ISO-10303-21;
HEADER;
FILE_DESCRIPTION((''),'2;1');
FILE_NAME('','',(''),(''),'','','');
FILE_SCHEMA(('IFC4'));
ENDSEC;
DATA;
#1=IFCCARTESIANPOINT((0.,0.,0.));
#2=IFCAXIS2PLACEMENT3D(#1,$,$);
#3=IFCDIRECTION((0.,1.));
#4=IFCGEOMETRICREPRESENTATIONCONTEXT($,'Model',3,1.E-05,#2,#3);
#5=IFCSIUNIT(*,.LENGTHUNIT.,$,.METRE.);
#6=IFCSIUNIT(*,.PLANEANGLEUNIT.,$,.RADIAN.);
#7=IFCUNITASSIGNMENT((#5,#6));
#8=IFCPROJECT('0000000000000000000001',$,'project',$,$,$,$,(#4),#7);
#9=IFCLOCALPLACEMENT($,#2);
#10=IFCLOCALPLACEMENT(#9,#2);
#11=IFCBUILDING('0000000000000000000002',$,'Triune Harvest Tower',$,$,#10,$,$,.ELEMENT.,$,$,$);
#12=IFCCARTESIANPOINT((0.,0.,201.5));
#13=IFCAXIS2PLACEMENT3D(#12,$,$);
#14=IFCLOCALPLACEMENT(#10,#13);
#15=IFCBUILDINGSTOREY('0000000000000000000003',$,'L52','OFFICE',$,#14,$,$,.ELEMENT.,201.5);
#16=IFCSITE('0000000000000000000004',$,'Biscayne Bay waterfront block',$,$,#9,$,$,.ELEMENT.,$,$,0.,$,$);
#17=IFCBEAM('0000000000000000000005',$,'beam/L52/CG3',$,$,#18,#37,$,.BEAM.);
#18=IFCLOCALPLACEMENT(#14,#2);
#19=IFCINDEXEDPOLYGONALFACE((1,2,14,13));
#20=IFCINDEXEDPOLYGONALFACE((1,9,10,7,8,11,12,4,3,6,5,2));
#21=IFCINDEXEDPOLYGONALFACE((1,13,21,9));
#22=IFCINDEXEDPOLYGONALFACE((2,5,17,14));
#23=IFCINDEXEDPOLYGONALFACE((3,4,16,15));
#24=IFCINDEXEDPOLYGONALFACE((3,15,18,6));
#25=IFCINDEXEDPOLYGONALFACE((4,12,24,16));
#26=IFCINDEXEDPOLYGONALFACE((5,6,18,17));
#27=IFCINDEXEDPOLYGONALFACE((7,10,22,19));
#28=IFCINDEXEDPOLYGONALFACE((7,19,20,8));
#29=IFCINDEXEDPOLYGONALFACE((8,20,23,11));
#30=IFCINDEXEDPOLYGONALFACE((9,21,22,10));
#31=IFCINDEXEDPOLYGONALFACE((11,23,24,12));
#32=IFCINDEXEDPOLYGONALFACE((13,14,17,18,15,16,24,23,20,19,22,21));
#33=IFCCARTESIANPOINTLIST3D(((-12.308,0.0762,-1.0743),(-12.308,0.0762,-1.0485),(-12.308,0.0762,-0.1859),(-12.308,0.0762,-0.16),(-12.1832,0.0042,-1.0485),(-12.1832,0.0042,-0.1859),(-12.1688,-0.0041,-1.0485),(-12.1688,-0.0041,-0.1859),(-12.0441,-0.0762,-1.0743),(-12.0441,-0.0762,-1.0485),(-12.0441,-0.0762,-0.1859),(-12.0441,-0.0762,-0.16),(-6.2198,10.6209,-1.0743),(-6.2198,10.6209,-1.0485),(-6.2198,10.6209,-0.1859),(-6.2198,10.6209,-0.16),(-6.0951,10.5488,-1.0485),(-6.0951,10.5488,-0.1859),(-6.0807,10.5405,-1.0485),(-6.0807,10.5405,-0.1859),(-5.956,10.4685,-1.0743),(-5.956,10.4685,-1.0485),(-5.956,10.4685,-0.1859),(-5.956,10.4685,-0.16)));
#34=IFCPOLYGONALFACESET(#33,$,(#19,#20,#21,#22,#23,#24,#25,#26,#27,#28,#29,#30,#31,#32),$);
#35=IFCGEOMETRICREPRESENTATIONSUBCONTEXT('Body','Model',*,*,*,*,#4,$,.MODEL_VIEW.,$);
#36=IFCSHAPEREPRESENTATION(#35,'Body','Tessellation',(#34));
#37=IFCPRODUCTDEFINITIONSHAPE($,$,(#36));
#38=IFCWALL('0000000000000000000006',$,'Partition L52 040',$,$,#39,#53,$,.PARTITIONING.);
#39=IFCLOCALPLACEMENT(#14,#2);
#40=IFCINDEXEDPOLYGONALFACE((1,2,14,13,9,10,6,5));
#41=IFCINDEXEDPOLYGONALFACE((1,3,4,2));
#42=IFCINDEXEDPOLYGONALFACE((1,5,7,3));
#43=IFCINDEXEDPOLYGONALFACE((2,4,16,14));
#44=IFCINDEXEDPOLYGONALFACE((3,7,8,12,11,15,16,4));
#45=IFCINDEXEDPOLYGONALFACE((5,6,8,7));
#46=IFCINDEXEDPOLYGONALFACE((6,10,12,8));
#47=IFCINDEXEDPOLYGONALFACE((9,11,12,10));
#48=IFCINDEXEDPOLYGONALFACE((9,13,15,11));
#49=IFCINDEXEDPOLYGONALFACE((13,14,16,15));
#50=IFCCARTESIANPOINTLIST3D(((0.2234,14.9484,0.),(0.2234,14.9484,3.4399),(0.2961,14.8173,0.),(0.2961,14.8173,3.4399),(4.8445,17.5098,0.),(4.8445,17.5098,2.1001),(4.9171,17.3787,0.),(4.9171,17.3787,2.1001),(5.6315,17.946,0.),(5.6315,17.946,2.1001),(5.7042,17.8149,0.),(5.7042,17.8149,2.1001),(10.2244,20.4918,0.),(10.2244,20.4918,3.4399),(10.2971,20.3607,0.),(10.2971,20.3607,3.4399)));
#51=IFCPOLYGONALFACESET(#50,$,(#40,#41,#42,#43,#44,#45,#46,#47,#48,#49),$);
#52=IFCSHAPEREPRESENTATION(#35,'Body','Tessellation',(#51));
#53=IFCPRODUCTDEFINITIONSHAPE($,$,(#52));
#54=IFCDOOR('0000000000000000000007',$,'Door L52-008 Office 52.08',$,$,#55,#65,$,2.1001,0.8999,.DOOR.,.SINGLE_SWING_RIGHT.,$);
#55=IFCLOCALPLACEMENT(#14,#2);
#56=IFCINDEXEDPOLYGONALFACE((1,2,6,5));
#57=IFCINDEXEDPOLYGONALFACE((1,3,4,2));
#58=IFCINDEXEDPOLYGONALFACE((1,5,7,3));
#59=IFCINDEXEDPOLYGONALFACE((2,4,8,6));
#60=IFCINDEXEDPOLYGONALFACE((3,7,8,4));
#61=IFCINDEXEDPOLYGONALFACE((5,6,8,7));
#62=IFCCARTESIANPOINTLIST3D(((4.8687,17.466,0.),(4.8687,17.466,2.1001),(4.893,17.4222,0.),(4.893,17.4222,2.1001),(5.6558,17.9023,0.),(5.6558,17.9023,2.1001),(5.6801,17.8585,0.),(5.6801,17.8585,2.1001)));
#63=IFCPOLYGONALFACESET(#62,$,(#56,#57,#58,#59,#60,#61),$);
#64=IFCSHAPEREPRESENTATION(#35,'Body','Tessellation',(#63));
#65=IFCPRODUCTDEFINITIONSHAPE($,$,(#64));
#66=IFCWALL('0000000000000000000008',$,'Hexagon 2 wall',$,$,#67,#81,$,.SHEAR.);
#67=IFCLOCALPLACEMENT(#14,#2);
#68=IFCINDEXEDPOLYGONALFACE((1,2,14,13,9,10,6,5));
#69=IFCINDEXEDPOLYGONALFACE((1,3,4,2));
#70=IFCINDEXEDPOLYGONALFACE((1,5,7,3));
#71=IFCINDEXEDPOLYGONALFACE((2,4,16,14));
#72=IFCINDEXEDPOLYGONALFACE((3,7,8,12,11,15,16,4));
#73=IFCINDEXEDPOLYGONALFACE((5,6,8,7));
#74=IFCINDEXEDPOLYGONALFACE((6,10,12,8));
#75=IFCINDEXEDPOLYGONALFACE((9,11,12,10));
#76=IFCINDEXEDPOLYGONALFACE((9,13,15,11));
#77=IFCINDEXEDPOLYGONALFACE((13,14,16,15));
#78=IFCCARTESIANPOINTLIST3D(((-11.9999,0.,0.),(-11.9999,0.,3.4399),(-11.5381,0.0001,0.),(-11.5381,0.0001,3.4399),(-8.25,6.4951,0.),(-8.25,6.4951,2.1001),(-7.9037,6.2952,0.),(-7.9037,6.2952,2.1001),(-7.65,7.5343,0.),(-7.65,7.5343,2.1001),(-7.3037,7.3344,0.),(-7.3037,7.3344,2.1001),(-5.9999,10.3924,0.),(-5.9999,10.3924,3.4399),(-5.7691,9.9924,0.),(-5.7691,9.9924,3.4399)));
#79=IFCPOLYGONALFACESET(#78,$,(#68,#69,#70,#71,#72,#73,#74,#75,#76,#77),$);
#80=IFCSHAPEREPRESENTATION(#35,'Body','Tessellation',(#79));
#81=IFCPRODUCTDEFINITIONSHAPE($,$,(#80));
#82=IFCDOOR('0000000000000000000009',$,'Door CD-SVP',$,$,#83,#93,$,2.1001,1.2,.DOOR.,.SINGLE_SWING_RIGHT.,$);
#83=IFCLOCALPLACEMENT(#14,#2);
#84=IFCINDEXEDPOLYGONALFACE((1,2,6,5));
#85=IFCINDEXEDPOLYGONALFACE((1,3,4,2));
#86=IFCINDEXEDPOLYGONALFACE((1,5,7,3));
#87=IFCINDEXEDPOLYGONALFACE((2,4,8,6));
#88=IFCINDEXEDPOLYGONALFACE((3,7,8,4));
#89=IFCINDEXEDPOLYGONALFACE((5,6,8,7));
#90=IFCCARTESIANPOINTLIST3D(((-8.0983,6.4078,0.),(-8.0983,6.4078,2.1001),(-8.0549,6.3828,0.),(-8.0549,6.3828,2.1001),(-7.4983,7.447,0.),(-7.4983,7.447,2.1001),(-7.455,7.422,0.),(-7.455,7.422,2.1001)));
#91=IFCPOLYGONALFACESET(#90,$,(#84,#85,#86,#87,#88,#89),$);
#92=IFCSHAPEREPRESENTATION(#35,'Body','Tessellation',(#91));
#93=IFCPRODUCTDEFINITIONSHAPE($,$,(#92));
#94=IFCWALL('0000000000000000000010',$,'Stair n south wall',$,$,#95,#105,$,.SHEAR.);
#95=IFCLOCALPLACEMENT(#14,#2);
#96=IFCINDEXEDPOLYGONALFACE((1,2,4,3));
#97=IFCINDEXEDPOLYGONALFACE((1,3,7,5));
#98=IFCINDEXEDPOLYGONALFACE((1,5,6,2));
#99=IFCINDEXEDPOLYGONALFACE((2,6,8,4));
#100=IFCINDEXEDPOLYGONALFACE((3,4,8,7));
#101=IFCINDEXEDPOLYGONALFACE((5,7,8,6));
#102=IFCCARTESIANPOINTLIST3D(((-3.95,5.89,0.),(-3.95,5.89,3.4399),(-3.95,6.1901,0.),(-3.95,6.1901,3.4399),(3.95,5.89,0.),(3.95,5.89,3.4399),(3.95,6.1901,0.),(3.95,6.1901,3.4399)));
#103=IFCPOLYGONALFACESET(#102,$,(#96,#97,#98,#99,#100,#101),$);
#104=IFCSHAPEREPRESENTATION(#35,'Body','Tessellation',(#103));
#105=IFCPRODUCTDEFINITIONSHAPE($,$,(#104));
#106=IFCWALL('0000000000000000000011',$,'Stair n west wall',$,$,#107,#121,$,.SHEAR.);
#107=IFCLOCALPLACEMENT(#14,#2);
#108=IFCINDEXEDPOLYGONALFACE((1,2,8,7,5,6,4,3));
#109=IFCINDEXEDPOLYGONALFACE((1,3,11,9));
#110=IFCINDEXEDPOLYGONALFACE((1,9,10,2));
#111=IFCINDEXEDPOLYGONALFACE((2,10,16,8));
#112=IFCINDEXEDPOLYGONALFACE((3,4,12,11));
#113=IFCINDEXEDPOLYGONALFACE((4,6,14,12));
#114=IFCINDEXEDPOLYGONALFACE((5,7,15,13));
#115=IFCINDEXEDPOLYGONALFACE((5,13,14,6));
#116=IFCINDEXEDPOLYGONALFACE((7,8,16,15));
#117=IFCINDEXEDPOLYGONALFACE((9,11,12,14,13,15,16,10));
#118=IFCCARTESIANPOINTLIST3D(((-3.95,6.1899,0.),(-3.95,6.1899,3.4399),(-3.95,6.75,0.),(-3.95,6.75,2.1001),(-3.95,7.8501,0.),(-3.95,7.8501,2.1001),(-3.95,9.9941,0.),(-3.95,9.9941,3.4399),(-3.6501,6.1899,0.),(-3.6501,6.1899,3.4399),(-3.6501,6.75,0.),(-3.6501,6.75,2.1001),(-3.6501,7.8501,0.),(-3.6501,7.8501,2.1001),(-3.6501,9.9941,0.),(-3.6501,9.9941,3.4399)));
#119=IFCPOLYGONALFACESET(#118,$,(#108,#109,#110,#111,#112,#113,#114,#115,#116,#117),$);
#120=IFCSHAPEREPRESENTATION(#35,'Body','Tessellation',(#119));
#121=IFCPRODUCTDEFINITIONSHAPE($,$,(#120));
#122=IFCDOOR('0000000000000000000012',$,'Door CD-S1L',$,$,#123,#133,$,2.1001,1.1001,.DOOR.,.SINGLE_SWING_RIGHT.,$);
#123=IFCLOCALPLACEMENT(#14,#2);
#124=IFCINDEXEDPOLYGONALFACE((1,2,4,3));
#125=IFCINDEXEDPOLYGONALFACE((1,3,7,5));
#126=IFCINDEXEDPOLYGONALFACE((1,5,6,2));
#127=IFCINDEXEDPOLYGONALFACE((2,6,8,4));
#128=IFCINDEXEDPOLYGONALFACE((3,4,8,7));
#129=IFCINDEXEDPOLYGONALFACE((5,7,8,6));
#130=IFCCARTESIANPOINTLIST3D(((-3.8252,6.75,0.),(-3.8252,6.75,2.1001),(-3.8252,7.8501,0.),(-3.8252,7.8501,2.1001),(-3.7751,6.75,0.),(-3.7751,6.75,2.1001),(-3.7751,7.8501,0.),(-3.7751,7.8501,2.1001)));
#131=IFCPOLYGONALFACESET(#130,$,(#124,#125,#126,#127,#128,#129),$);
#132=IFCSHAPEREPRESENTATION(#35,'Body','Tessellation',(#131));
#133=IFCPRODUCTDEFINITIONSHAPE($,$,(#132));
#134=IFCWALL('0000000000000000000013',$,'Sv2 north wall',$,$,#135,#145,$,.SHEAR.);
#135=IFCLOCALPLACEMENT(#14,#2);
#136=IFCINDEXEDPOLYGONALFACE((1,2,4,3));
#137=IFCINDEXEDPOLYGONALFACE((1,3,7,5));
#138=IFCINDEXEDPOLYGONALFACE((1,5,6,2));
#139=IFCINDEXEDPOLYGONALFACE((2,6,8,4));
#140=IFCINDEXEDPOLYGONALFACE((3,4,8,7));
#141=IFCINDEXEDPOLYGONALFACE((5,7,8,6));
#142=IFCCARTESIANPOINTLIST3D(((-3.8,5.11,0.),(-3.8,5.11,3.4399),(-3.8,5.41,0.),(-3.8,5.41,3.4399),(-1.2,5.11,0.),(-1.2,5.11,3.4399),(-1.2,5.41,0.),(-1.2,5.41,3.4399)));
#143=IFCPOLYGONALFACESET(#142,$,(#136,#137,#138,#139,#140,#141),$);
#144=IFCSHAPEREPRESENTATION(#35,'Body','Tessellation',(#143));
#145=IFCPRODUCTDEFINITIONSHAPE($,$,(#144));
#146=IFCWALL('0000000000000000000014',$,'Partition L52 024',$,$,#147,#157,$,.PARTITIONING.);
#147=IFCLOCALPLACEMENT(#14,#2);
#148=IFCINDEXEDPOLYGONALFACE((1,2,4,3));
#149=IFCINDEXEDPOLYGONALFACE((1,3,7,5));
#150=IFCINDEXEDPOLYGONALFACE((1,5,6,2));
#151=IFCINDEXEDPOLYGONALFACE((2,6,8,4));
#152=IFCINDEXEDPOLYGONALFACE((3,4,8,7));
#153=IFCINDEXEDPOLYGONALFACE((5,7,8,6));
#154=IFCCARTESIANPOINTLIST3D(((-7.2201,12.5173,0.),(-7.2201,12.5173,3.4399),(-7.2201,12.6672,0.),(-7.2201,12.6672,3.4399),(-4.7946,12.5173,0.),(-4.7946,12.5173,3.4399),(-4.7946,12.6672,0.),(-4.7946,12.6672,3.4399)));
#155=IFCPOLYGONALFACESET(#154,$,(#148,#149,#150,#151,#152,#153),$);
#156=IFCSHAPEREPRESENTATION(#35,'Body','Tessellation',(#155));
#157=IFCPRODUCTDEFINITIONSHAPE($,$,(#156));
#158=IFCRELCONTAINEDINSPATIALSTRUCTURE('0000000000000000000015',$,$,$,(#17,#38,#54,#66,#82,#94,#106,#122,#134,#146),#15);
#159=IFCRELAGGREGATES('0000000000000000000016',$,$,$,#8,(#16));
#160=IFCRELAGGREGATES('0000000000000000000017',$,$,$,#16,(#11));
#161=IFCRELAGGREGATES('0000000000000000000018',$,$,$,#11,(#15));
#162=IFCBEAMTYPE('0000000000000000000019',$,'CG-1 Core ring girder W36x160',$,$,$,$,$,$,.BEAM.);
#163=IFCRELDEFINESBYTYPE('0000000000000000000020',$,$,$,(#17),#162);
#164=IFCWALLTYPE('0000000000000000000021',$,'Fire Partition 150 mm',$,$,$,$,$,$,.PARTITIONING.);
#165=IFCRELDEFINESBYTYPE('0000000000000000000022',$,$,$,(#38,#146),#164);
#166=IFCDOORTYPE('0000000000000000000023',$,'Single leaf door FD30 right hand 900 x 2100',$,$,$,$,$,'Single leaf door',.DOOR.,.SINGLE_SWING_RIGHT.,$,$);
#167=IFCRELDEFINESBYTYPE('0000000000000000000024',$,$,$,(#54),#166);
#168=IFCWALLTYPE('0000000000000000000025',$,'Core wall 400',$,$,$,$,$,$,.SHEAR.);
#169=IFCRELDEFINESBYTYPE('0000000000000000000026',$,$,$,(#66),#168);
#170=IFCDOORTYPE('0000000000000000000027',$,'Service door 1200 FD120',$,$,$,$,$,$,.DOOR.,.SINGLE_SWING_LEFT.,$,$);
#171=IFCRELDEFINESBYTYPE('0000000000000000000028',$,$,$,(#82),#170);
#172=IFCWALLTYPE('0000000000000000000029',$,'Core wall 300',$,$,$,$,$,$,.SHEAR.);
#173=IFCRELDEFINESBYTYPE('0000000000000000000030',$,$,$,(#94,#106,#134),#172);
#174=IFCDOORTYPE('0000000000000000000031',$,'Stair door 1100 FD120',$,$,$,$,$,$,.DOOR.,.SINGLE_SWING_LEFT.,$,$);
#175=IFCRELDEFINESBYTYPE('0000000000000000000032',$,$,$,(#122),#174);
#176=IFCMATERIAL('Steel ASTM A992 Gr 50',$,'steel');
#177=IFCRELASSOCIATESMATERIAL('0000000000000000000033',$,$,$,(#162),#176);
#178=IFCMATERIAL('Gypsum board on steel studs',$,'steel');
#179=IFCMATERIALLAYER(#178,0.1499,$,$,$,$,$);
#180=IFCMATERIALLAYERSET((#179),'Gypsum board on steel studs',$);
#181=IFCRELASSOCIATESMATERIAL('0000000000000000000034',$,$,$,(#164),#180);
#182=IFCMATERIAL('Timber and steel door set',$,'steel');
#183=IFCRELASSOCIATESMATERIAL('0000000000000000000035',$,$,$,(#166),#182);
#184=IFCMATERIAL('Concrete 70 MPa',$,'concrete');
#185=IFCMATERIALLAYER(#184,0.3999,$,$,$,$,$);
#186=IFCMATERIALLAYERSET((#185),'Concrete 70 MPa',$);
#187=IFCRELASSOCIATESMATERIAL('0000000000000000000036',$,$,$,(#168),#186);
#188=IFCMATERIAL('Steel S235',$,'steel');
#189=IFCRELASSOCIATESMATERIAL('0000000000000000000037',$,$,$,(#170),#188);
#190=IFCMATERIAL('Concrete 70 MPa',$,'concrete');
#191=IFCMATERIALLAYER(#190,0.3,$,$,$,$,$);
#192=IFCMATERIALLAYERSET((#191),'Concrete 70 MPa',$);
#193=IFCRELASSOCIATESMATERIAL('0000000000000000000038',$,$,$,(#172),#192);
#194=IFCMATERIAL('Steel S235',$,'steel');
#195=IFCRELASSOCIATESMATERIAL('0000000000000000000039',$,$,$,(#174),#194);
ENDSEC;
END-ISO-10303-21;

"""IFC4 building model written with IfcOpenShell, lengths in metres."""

from ifc_helpers import new_model, si_unit, direction, frame, frame_2d, origin, origin_2d, place, context, subcontext, project, spatial, polyline, rectangle, i_section, outline, extrude, source, transform, mapped, material, layer, layer_set, material_profile, profile_set, type_object, element, fill, save


model = new_model("IFC4")

# Units and contexts
model_context = context("Model", 3, precision=1e-05, world=origin(), true_north=direction((0.0, 1.0)))
body_context = subcontext(model_context, "Body", "Model", "MODEL_VIEW")
ifc_project = project(units=[si_unit("LENGTHUNIT", "METRE"), si_unit("PLANEANGLEUNIT", "RADIAN")], contexts=[model_context])

# Site, building, storey
site_placement = place(None, origin())
site = spatial("IfcSite", under=ifc_project, at=site_placement, Name="Biscayne Bay waterfront block", CompositionType="ELEMENT", RefElevation=0.0)
building_placement = place(site_placement, origin())
building = spatial("IfcBuilding", under=site, at=building_placement, Name="Triune Harvest Tower", CompositionType="ELEMENT")
storey_placement = place(building_placement, frame((0.0, 0.0, 201.5)))
storey = spatial("IfcBuildingStorey", under=building, at=storey_placement, Name="L52", Description="OFFICE", CompositionType="ELEMENT", Elevation=201.5)

# Beam
ifc_material_1 = material(Name="Steel ASTM A992 Gr 50", Category="steel")
ifc_material_profile = material_profile(ifc_material_1, i_section(OverallWidth=0.3047, OverallDepth=0.9143, WebThickness=0.0166, FlangeThickness=0.0259, at=origin_2d()), Name="W36x160")
ifc_profile_set = profile_set([ifc_material_profile], Name="Steel ASTM A992 Gr 50")
beam_type = type_object("IfcBeamType", Name="CG-1 Core ring girder W36x160", PredefinedType="BEAM", material=ifc_profile_set)
shared_shape_1 = source(origin(), body_context, "Body", "SweptSolid", [
    extrude(i_section(OverallWidth=0.3047, OverallDepth=0.9143, WebThickness=0.0166, FlangeThickness=0.0259, at=origin_2d()), origin(), (0.0, 0.0, 1.0), 12.176),
])
beam_placement = place(storey_placement, frame((-6.0879, 10.5447, -0.6172), z_axis=(-0.50001, -0.86602, 0.0), x_axis=(0.86602, -0.50001, 0.0)))
element("IfcBeam", 1, at=beam_placement, inside=storey, type_object=beam_type, Name="beam/L52/CG3", PredefinedType="BEAM", context=body_context, shape_type="MappedRepresentation", body=[
    mapped(shared_shape_1, transform((0.0, 0.0, 0.0), scale=1.0)),
])

# Walls, openings, doors
ifc_material_2 = material(Name="Gypsum board on steel studs", Category="steel")
ifc_layer_1 = layer(ifc_material_2, 0.1499)
ifc_layer_set_1 = layer_set([ifc_layer_1], Name="Gypsum board on steel studs")
wall_type_1 = type_object("IfcWallType", Name="Fire Partition 150 mm", PredefinedType="PARTITIONING", material=ifc_layer_set_1)
wall_1_placement = place(storey_placement, frame((0.2598, 14.8828, 0.0), z_axis=(0.0, 0.0, 1.0), x_axis=(0.874626, 0.484798, 0.0)))
wall_1 = element("IfcWall", 2, at=wall_1_placement, inside=storey, type_object=wall_type_1, Name="Partition L52 040", PredefinedType="PARTITIONING", context=body_context, shape_type="SweptSolid", body=[
    extrude(rectangle(XDim=11.4346, YDim=0.1499, at=frame_2d((5.7173, 0.0))), origin(), (0.0, 0.0, 1.0), 3.4399),
])
opening_1_placement = place(wall_1_placement, frame((5.2834, 0.0, 0.0)))
opening_1 = element("IfcOpeningElement", 3, at=opening_1_placement, cuts=wall_1, PredefinedType="OPENING", context=body_context, shape_type="SweptSolid", body=[
    extrude(rectangle(XDim=0.8999, YDim=2.1001, at=frame_2d((0.45, 1.05))), frame((0.0, 0.085, 0.0), z_axis=(0.0, -1.0, 0.0), x_axis=(1.0, 0.0, 0.0)), (0.0, 0.0, 1.0), 0.1699),
])
ifc_material_3 = material(Name="Timber and steel door set", Category="steel")
door_type_1 = type_object("IfcDoorType", Name="Single leaf door FD30 right hand 900 x 2100", ElementType="Single leaf door", OperationType="SINGLE_SWING_RIGHT", PredefinedType="DOOR", material=ifc_material_3)
door_1_placement = place(opening_1_placement, origin())
door_1 = element("IfcDoor", 4, at=door_1_placement, inside=storey, type_object=door_type_1, Name="Door L52-008 Office 52.08", OperationType="SINGLE_SWING_RIGHT", OverallHeight=2.1001, OverallWidth=0.8999, PredefinedType="DOOR", context=body_context, shape_type="SweptSolid", body=[
    extrude(rectangle(XDim=0.8999, YDim=2.1001, at=frame_2d((0.45, 1.05))), frame((0.0, 0.0249, 0.0), z_axis=(0.0, -1.0, 0.0), x_axis=(1.0, 0.0, 0.0)), (0.0, 0.0, 1.0), 0.05),
])
fill(opening_1, door_1)
ifc_material_4 = material(Name="Concrete 70 MPa", Category="concrete")
ifc_layer_2 = layer(ifc_material_4, 0.3999)
ifc_layer_set_2 = layer_set([ifc_layer_2], Name="Concrete 70 MPa")
wall_type_2 = type_object("IfcWallType", Name="Core wall 400", PredefinedType="SHEAR", material=ifc_layer_set_2)
shared_shape_2 = source(origin(), body_context, "Body", "SweptSolid", [
    extrude(outline(polyline([(-0.1155, -0.2), (11.8845, -0.2), (11.6536, 0.2), (0.1155, 0.2), (-0.1155, -0.2)])), origin(), (0.0, 0.0, 1.0), 3.4399),
])
wall_2_placement = place(storey_placement, frame((-5.8845, 10.1924, 0.0), z_axis=(0.0, 0.0, 1.0), x_axis=(-0.499997, -0.866027, 0.0)))
wall_2 = element("IfcWall", 5, at=wall_2_placement, inside=storey, type_object=wall_type_2, Name="Hexagon 2 wall", PredefinedType="SHEAR", context=body_context, shape_type="MappedRepresentation", body=[
    mapped(shared_shape_2, transform((0.0, 0.0, 0.0), scale=1.0)),
])
opening_2_placement = place(wall_2_placement, frame((3.1846, 0.0, 0.0)))
opening_2 = element("IfcOpeningElement", 6, at=opening_2_placement, cuts=wall_2, PredefinedType="OPENING", context=body_context, shape_type="SweptSolid", body=[
    extrude(rectangle(XDim=1.2, YDim=2.1001, at=frame_2d((0.6001, 1.05))), frame((0.0, 0.21, 0.0), z_axis=(0.0, -1.0, 0.0), x_axis=(1.0, 0.0, 0.0)), (0.0, 0.0, 1.0), 0.4199),
])
ifc_material_5 = material(Name="Steel S235", Category="steel")
door_type_2 = type_object("IfcDoorType", Name="Service door 1200 FD120", OperationType="SINGLE_SWING_LEFT", PredefinedType="DOOR", material=ifc_material_5)
door_2_placement = place(opening_2_placement, frame((1.2, 0.0, 0.0), z_axis=(0.0, 0.0, 1.0), x_axis=(-1.0, 0.0, 0.0)))
door_2 = element("IfcDoor", 7, at=door_2_placement, inside=storey, type_object=door_type_2, Name="Door CD-SVP", OperationType="SINGLE_SWING_RIGHT", OverallHeight=2.1001, OverallWidth=1.2, PredefinedType="DOOR", context=body_context, shape_type="SweptSolid", body=[
    extrude(rectangle(XDim=1.2, YDim=2.1001, at=frame_2d((0.6001, 1.05))), frame((0.0, 0.0249, 0.0), z_axis=(0.0, -1.0, 0.0), x_axis=(1.0, 0.0, 0.0)), (0.0, 0.0, 1.0), 0.05),
])
fill(opening_2, door_2)

# Wall
ifc_material_6 = material(Name="Concrete 70 MPa", Category="concrete")
ifc_layer_3 = layer(ifc_material_6, 0.3)
ifc_layer_set_3 = layer_set([ifc_layer_3], Name="Concrete 70 MPa")
wall_type_3 = type_object("IfcWallType", Name="Core wall 300", PredefinedType="SHEAR", material=ifc_layer_set_3)
shared_shape_3 = source(origin(), body_context, "Body", "SweptSolid", [
    extrude(rectangle(XDim=7.8999, YDim=0.3, at=frame_2d((3.95, 0.0))), origin(), (0.0, 0.0, 1.0), 3.4399),
])
wall_3_placement = place(storey_placement, frame((-3.95, 6.04, 0.0), z_axis=(0.0, 0.0, 1.0), x_axis=(1.0, 0.0, 0.0)))
element("IfcWall", 8, at=wall_3_placement, inside=storey, type_object=wall_type_3, Name="Stair n south wall", PredefinedType="SHEAR", context=body_context, shape_type="MappedRepresentation", body=[
    mapped(shared_shape_3, transform((0.0, 0.0, 0.0), scale=1.0)),
])

# Wall, opening, door
shared_shape_4 = source(origin(), body_context, "Body", "SweptSolid", [
    extrude(outline(polyline([(0.0, -0.1499), (0.0, 0.1499), (3.8042, 0.1499), (3.8042, -0.1499), (0.0, -0.1499)])), origin(), (0.0, 0.0, 1.0), 3.4399),
])
wall_4_placement = place(storey_placement, frame((-3.8, 6.1899, 0.0), z_axis=(0.0, 0.0, 1.0), x_axis=(0.0, 1.0, 0.0)))
wall_4 = element("IfcWall", 9, at=wall_4_placement, inside=storey, type_object=wall_type_3, Name="Stair n west wall", PredefinedType="SHEAR", context=body_context, shape_type="MappedRepresentation", body=[
    mapped(shared_shape_4, transform((0.0, 0.0, 0.0), scale=1.0)),
])
opening_3_placement = place(wall_4_placement, frame((0.5601, 0.0, 0.0)))
opening_3 = element("IfcOpeningElement", 10, at=opening_3_placement, cuts=wall_4, PredefinedType="OPENING", context=body_context, shape_type="SweptSolid", body=[
    extrude(rectangle(XDim=1.1001, YDim=2.1001, at=frame_2d((0.55, 1.05))), frame((0.0, 0.1602, 0.0), z_axis=(0.0, -1.0, 0.0), x_axis=(1.0, 0.0, 0.0)), (0.0, 0.0, 1.0), 0.3201),
])
ifc_material_7 = material(Name="Steel S235", Category="steel")
door_type_3 = type_object("IfcDoorType", Name="Stair door 1100 FD120", OperationType="SINGLE_SWING_LEFT", PredefinedType="DOOR", material=ifc_material_7)
door_3_placement = place(opening_3_placement, frame((1.1001, 0.0, 0.0), z_axis=(0.0, 0.0, 1.0), x_axis=(-1.0, 0.0, 0.0)))
door_3 = element("IfcDoor", 11, at=door_3_placement, inside=storey, type_object=door_type_3, Name="Door CD-S1L", OperationType="SINGLE_SWING_RIGHT", OverallHeight=2.1001, OverallWidth=1.1001, PredefinedType="DOOR", context=body_context, shape_type="SweptSolid", body=[
    extrude(rectangle(XDim=1.1001, YDim=2.1001, at=frame_2d((0.55, 1.05))), frame((0.0, 0.0249, 0.0), z_axis=(0.0, -1.0, 0.0), x_axis=(1.0, 0.0, 0.0)), (0.0, 0.0, 1.0), 0.05),
])
fill(opening_3, door_3)

# Walls
shared_shape_5 = source(origin(), body_context, "Body", "SweptSolid", [
    extrude(rectangle(XDim=2.6001, YDim=0.3, at=frame_2d((1.3, 0.0))), origin(), (0.0, 0.0, 1.0), 3.4399),
])
wall_5_placement = place(storey_placement, frame((-3.8, 5.26, 0.0), z_axis=(0.0, 0.0, 1.0), x_axis=(1.0, 0.0, 0.0)))
element("IfcWall", 12, at=wall_5_placement, inside=storey, type_object=wall_type_3, Name="Sv2 north wall", PredefinedType="SHEAR", context=body_context, shape_type="MappedRepresentation", body=[
    mapped(shared_shape_5, transform((0.0, 0.0, 0.0), scale=1.0)),
])
shared_shape_6 = source(origin(), body_context, "Body", "SweptSolid", [
    extrude(rectangle(XDim=2.4255, YDim=0.1499, at=frame_2d((1.2129, 0.0))), origin(), (0.0, 0.0, 1.0), 3.4399),
])
wall_6_placement = place(storey_placement, frame((-7.2202, 12.5923, 0.0), z_axis=(0.0, 0.0, 1.0), x_axis=(1.0, 0.0, 0.0)))
element("IfcWall", 13, at=wall_6_placement, inside=storey, type_object=wall_type_1, Name="Partition L52 024", PredefinedType="PARTITIONING", context=body_context, shape_type="MappedRepresentation", body=[
    mapped(shared_shape_6, transform((0.0, 0.0, 0.0), scale=1.0)),
])

save(model, "model.ifc")
